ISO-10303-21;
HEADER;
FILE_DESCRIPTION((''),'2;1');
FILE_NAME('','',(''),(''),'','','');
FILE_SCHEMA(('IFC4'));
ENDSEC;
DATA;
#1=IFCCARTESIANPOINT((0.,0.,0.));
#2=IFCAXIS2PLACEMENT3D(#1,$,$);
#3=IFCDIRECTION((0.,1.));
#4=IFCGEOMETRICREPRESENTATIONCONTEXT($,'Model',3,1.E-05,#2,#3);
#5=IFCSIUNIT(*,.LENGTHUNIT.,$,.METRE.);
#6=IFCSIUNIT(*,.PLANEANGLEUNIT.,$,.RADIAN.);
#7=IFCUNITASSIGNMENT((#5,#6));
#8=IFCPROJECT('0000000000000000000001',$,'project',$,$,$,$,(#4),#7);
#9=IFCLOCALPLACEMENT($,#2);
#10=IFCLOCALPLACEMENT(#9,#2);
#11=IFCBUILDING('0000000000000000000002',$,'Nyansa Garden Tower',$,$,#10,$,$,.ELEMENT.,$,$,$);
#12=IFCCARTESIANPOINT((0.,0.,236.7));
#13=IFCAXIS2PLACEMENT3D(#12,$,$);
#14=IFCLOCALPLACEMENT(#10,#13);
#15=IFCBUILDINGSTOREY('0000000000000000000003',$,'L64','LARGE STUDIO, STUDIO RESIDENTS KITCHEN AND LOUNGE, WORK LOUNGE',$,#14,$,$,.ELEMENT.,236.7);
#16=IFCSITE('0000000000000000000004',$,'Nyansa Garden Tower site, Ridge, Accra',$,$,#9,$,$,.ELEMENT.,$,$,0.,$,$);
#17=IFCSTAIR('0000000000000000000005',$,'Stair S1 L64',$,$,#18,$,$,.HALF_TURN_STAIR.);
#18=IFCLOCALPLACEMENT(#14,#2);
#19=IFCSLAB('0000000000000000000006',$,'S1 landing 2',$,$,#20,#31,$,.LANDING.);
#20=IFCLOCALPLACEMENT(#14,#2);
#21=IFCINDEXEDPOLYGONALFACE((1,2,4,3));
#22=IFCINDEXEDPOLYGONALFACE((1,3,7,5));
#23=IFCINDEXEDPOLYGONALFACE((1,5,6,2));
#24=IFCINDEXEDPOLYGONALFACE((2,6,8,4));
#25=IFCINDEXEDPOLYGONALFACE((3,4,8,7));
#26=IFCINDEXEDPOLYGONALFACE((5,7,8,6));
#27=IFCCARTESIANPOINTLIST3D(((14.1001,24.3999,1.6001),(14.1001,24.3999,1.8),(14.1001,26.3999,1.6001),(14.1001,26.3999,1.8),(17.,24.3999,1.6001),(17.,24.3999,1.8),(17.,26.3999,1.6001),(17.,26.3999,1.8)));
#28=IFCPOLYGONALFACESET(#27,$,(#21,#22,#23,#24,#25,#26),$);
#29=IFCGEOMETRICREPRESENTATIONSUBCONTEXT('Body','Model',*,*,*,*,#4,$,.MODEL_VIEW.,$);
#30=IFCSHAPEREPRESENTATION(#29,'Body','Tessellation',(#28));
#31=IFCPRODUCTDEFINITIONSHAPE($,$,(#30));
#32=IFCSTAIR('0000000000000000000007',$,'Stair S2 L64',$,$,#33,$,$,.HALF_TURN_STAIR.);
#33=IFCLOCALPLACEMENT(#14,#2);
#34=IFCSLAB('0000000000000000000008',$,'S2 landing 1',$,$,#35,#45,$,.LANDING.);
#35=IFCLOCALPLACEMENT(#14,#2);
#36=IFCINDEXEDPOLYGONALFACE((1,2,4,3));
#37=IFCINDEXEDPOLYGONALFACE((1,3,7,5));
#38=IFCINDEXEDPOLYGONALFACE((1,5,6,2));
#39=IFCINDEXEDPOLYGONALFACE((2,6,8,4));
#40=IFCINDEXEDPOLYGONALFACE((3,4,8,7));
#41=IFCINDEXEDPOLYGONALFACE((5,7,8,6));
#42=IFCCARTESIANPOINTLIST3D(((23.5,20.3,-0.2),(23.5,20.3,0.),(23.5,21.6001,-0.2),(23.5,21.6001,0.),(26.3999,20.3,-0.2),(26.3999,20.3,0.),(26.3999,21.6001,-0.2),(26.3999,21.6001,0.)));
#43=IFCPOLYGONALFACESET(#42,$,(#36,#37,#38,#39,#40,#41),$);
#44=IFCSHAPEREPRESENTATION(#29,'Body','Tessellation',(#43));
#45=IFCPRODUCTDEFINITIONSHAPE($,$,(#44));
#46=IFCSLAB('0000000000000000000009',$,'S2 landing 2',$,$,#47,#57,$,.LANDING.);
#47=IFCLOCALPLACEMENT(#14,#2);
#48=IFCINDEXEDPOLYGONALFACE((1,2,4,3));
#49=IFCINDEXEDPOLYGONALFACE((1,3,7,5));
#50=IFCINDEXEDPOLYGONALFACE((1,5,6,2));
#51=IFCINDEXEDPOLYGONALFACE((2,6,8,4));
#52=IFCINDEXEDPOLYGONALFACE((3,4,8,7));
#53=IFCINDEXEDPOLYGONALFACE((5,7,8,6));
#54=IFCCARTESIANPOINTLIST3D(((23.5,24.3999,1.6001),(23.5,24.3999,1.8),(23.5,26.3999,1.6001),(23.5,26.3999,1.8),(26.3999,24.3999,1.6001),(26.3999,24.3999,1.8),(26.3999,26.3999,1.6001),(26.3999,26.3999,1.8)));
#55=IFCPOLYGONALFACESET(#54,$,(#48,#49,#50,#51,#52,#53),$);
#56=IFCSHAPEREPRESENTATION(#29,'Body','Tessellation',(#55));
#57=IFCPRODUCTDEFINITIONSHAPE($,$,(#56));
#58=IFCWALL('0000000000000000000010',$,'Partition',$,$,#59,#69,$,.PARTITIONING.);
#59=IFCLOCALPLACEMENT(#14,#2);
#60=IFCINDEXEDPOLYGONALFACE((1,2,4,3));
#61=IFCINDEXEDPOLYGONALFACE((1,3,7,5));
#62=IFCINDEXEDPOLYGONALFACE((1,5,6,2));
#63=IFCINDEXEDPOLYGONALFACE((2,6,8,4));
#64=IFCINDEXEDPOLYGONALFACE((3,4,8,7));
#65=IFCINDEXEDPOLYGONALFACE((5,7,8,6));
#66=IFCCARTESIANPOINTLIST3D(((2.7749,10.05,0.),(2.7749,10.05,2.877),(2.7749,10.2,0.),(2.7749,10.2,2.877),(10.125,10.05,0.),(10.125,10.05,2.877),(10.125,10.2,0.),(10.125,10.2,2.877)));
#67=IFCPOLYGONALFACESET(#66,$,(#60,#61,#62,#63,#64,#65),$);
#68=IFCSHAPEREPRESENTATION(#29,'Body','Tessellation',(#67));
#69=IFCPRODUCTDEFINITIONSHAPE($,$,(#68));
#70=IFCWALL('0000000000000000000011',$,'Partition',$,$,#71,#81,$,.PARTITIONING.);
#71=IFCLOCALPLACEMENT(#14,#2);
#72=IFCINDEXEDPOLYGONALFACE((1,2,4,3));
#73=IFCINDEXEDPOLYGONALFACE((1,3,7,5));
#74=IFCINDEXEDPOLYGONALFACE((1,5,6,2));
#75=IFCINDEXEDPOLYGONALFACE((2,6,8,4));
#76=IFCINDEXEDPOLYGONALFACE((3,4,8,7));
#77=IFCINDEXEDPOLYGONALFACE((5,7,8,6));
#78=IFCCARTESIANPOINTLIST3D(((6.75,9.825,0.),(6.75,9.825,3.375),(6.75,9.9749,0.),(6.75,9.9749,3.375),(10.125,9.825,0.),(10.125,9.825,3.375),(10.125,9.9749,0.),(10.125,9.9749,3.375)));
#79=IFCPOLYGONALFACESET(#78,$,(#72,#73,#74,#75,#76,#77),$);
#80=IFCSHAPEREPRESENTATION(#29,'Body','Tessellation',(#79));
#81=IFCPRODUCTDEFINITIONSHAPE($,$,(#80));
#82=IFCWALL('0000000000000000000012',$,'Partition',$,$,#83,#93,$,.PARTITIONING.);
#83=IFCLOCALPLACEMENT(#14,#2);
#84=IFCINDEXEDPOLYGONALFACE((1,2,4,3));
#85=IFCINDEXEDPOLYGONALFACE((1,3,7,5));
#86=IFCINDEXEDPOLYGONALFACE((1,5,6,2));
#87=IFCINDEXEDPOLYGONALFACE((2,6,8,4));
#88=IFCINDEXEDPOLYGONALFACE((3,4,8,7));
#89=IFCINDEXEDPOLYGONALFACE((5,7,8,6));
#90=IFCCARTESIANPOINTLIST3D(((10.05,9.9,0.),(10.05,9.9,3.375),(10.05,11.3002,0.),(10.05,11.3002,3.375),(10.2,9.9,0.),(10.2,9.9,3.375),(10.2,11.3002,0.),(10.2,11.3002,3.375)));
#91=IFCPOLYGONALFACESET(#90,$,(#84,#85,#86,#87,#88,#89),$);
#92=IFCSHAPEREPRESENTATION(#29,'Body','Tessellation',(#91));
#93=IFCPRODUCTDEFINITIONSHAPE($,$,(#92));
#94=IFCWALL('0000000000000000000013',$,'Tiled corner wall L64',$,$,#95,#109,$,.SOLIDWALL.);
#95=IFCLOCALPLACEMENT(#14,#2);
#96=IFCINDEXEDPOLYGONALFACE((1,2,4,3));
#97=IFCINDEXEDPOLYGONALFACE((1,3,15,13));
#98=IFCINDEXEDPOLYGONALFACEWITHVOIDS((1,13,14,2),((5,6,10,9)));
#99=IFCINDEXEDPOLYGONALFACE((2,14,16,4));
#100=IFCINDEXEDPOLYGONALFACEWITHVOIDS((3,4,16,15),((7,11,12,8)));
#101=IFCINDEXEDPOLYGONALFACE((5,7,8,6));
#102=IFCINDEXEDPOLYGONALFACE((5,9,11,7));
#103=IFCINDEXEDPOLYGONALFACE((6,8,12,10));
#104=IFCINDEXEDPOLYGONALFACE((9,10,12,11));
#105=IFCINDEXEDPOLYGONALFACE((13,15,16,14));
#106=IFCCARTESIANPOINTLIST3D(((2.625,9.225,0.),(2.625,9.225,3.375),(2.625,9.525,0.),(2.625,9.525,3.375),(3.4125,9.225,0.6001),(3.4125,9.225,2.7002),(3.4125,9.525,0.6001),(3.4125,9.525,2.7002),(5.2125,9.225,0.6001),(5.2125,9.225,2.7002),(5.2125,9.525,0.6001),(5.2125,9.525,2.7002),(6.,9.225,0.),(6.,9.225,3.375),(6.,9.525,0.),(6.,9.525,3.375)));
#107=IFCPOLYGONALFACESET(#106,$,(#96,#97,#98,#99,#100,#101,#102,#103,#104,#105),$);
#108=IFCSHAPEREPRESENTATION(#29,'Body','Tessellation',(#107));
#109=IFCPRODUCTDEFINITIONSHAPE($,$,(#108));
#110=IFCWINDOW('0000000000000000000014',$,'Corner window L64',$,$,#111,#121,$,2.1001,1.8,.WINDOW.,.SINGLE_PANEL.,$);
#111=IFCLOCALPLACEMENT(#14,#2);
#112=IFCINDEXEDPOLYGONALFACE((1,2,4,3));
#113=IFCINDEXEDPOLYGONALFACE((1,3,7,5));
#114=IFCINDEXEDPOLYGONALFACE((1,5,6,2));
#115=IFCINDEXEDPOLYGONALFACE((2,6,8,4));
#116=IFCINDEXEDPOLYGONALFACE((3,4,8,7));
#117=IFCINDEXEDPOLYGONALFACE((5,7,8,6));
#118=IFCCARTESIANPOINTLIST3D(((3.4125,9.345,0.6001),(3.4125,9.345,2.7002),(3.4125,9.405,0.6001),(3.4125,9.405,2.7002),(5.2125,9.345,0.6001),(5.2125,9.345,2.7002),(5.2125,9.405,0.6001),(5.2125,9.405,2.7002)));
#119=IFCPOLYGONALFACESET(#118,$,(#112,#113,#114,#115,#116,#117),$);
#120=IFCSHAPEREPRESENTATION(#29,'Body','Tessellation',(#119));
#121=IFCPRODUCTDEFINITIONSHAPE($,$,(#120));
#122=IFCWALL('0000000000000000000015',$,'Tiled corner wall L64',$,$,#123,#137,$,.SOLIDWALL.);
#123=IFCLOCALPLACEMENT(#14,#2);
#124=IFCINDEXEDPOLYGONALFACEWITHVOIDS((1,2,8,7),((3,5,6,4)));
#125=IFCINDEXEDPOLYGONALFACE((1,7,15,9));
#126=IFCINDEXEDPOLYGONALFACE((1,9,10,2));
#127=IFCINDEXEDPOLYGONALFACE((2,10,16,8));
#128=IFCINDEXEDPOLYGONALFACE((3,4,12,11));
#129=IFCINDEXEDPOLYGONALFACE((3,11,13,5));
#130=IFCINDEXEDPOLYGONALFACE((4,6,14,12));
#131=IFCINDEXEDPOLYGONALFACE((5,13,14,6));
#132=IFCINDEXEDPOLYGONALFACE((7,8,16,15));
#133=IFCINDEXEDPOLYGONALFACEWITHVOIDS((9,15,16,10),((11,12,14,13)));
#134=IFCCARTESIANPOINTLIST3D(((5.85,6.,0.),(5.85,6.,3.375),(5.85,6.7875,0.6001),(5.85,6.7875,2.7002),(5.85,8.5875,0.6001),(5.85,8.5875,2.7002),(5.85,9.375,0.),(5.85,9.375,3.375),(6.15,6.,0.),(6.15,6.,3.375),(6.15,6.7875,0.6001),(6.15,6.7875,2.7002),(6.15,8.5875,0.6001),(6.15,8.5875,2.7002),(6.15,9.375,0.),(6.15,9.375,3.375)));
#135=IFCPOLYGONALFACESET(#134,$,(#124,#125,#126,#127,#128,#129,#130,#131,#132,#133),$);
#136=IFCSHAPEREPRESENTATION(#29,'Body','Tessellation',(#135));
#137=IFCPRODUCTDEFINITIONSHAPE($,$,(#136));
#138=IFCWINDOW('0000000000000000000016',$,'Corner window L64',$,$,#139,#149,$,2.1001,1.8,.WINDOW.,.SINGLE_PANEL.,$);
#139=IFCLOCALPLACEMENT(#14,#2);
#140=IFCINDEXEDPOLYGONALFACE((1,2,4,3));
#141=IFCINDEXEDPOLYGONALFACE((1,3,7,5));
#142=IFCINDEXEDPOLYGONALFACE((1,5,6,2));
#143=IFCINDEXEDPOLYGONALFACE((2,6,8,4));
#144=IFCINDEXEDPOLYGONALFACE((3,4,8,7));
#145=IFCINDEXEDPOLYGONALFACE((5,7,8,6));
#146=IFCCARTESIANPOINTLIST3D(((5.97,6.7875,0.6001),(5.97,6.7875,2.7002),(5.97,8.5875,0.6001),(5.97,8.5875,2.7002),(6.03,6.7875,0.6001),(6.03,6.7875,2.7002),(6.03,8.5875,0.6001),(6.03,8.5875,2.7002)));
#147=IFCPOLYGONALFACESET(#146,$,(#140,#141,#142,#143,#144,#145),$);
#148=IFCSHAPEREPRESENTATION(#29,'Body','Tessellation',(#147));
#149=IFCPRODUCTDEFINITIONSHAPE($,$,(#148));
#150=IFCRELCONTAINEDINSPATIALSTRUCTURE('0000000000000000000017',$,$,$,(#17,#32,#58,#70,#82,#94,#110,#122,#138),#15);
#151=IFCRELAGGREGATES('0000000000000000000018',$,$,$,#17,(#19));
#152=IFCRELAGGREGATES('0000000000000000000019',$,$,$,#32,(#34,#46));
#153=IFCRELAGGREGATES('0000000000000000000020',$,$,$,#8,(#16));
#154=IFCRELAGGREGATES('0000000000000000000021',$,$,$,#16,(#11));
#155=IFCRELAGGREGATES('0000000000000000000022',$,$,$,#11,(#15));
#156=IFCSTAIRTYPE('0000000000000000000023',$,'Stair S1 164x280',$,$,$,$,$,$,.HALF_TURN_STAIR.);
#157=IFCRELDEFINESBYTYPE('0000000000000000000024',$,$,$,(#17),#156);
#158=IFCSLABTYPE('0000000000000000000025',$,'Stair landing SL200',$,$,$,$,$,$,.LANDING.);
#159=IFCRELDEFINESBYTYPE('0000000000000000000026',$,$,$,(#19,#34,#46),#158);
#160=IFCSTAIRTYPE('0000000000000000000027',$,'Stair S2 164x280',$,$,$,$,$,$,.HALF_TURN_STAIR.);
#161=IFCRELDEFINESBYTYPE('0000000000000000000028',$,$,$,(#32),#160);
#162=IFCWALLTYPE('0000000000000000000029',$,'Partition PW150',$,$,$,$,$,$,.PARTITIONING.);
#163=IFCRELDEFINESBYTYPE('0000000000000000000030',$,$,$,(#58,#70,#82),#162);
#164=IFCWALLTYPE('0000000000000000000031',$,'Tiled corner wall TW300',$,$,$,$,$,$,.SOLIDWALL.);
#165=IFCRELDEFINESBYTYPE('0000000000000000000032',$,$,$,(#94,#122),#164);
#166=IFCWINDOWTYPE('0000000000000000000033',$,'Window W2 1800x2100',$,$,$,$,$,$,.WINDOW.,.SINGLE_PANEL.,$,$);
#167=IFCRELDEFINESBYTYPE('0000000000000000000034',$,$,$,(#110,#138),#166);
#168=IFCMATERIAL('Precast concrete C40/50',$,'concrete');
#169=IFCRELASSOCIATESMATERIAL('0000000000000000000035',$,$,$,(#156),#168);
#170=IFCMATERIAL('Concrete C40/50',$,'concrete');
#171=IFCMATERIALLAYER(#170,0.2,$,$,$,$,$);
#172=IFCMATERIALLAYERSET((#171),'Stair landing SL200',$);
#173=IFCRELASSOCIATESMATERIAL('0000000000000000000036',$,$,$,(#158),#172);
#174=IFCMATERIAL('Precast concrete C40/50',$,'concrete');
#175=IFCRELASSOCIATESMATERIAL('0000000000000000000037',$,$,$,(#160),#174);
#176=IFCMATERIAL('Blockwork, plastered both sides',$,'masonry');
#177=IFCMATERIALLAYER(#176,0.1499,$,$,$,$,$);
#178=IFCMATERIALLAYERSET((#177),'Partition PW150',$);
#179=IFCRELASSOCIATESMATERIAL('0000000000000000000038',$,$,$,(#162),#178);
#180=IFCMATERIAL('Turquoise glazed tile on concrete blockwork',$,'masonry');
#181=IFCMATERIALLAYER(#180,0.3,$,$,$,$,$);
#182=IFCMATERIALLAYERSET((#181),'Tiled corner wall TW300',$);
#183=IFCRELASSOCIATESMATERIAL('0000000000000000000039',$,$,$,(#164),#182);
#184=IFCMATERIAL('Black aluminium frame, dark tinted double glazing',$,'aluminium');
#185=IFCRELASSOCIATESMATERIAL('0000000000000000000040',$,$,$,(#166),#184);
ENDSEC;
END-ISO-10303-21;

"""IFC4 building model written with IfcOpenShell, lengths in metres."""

from ifc_helpers import new_model, si_unit, direction, frame, frame_2d, origin, place, context, subcontext, project, spatial, polyline, rectangle, outline, extrude, material, layer, layer_set, type_object, element, fill, aggregate, save


model = new_model("IFC4")

# Units and contexts
model_context = context("Model", 3, precision=1e-05, world=origin(), true_north=direction((0.0, 1.0)))
body_context = subcontext(model_context, "Body", "Model", "MODEL_VIEW")
ifc_project = project(units=[si_unit("LENGTHUNIT", "METRE"), si_unit("PLANEANGLEUNIT", "RADIAN")], contexts=[model_context])

# Site, building, storey
site_placement = place(None, origin())
site = spatial("IfcSite", under=ifc_project, at=site_placement, Name="Nyansa Garden Tower site, Ridge, Accra", CompositionType="ELEMENT", RefElevation=0.0)
building_placement = place(site_placement, origin())
building = spatial("IfcBuilding", under=site, at=building_placement, Name="Nyansa Garden Tower", CompositionType="ELEMENT")
storey_placement = place(building_placement, frame((0.0, 0.0, 236.7)))
storey = spatial("IfcBuildingStorey", under=building, at=storey_placement, Name="L64", Description="LARGE STUDIO, STUDIO RESIDENTS KITCHEN AND LOUNGE, WORK LOUNGE", CompositionType="ELEMENT", Elevation=236.7)

# Stairs, slabs
ifc_material_1 = material(Name="Precast concrete C40/50", Category="concrete")
stair_type_1 = type_object("IfcStairType", Name="Stair S1 164x280", PredefinedType="HALF_TURN_STAIR", material=ifc_material_1)
stair_1_placement = place(storey_placement, origin())
stair_1 = element("IfcStair", 1, at=stair_1_placement, inside=storey, type_object=stair_type_1, Name="Stair S1 L64", PredefinedType="HALF_TURN_STAIR")
ifc_material_2 = material(Name="Concrete C40/50", Category="concrete")
ifc_layer_1 = layer(ifc_material_2, 0.2)
ifc_layer_set_1 = layer_set([ifc_layer_1], Name="Stair landing SL200")
slab_type_1 = type_object("IfcSlabType", Name="Stair landing SL200", PredefinedType="LANDING", material=ifc_layer_set_1)
slab_1_placement = place(storey_placement, frame((0.0, 0.0, 1.6001)))
slab_1 = element("IfcSlab", 2, at=slab_1_placement, type_object=slab_type_1, Name="S1 landing 2", PredefinedType="LANDING", context=body_context, shape_type="SweptSolid", body=[
    extrude(outline(polyline([(14.1001, 24.3999), (17.0, 24.3999), (17.0, 26.3999), (14.1001, 26.3999), (14.1001, 24.3999)])), origin(), (0.0, 0.0, 1.0), 0.2),
])
aggregate(stair_1, [slab_1])
ifc_material_3 = material(Name="Precast concrete C40/50", Category="concrete")
stair_type_2 = type_object("IfcStairType", Name="Stair S2 164x280", PredefinedType="HALF_TURN_STAIR", material=ifc_material_3)
stair_2_placement = place(storey_placement, origin())
stair_2 = element("IfcStair", 3, at=stair_2_placement, inside=storey, type_object=stair_type_2, Name="Stair S2 L64", PredefinedType="HALF_TURN_STAIR")
slab_2_placement = place(storey_placement, frame((0.0, 0.0, -0.2)))
slab_2 = element("IfcSlab", 4, at=slab_2_placement, type_object=slab_type_1, Name="S2 landing 1", PredefinedType="LANDING", context=body_context, shape_type="SweptSolid", body=[
    extrude(outline(polyline([(23.5, 20.3), (26.3999, 20.3), (26.3999, 21.6001), (23.5, 21.6001), (23.5, 20.3)])), origin(), (0.0, 0.0, 1.0), 0.2),
])
slab_3_placement = place(storey_placement, frame((0.0, 0.0, 1.6001)))
slab_3 = element("IfcSlab", 5, at=slab_3_placement, type_object=slab_type_1, Name="S2 landing 2", PredefinedType="LANDING", context=body_context, shape_type="SweptSolid", body=[
    extrude(outline(polyline([(23.5, 24.3999), (26.3999, 24.3999), (26.3999, 26.3999), (23.5, 26.3999), (23.5, 24.3999)])), origin(), (0.0, 0.0, 1.0), 0.2),
])
aggregate(stair_2, [slab_2, slab_3])

# Walls
ifc_material_4 = material(Name="Blockwork, plastered both sides", Category="masonry")
ifc_layer_2 = layer(ifc_material_4, 0.1499)
ifc_layer_set_2 = layer_set([ifc_layer_2], Name="Partition PW150")
wall_type_1 = type_object("IfcWallType", Name="Partition PW150", PredefinedType="PARTITIONING", material=ifc_layer_set_2)
wall_1_placement = place(storey_placement, frame((2.7749, 10.125, 0.0), z_axis=(0.0, 0.0, 1.0), x_axis=(1.0, 0.0, 0.0)))
element("IfcWall", 6, at=wall_1_placement, inside=storey, type_object=wall_type_1, Name="Partition", PredefinedType="PARTITIONING", context=body_context, shape_type="SweptSolid", body=[
    extrude(rectangle(XDim=7.3501, YDim=0.1499, at=frame_2d((3.675, 0.0))), origin(), (0.0, 0.0, 1.0), 2.877),
])
wall_2_placement = place(storey_placement, frame((6.75, 9.8999, 0.0), z_axis=(0.0, 0.0, 1.0), x_axis=(1.0, 0.0, 0.0)))
element("IfcWall", 7, at=wall_2_placement, inside=storey, type_object=wall_type_1, Name="Partition", PredefinedType="PARTITIONING", context=body_context, shape_type="SweptSolid", body=[
    extrude(rectangle(XDim=3.375, YDim=0.1499, at=frame_2d((1.6875, 0.0))), origin(), (0.0, 0.0, 1.0), 3.375),
])
wall_3_placement = place(storey_placement, frame((10.125, 9.8999, 0.0), z_axis=(0.0, 0.0, 1.0), x_axis=(0.0, 1.0, 0.0)))
element("IfcWall", 8, at=wall_3_placement, inside=storey, type_object=wall_type_1, Name="Partition", PredefinedType="PARTITIONING", context=body_context, shape_type="SweptSolid", body=[
    extrude(rectangle(XDim=1.4001, YDim=0.1499, at=frame_2d((0.7002, 0.0))), origin(), (0.0, 0.0, 1.0), 3.375),
])

# Walls, openings, windows
ifc_material_5 = material(Name="Turquoise glazed tile on concrete blockwork", Category="masonry")
ifc_layer_3 = layer(ifc_material_5, 0.3)
ifc_layer_set_3 = layer_set([ifc_layer_3], Name="Tiled corner wall TW300")
wall_type_2 = type_object("IfcWallType", Name="Tiled corner wall TW300", PredefinedType="SOLIDWALL", material=ifc_layer_set_3)
wall_4_placement = place(storey_placement, frame((2.625, 9.375, 0.0), z_axis=(0.0, 0.0, 1.0), x_axis=(1.0, 0.0, 0.0)))
wall_4 = element("IfcWall", 9, at=wall_4_placement, inside=storey, type_object=wall_type_2, Name="Tiled corner wall L64", PredefinedType="SOLIDWALL", context=body_context, shape_type="SweptSolid", body=[
    extrude(rectangle(XDim=3.375, YDim=0.3, at=frame_2d((1.6875, 0.0))), origin(), (0.0, 0.0, 1.0), 3.375),
])
opening_1_placement = place(wall_4_placement, frame((0.7876, 0.0, 0.6001)))
opening_1 = element("IfcOpeningElement", 10, at=opening_1_placement, cuts=wall_4, PredefinedType="OPENING", context=body_context, shape_type="SweptSolid", body=[
    extrude(rectangle(XDim=1.8, YDim=2.1001, at=frame_2d((0.8999, 1.05))), frame((0.0, 0.1599, 0.0), z_axis=(0.0, -1.0, 0.0), x_axis=(1.0, 0.0, 0.0)), (0.0, 0.0, 1.0), 0.3201),
])
ifc_material_6 = material(Name="Black aluminium frame, dark tinted double glazing", Category="aluminium")
window_type = type_object("IfcWindowType", Name="Window W2 1800x2100", PartitioningType="SINGLE_PANEL", PredefinedType="WINDOW", material=ifc_material_6)
window_1_placement = place(opening_1_placement, origin())
window_1 = element("IfcWindow", 11, at=window_1_placement, inside=storey, type_object=window_type, Name="Corner window L64", OverallHeight=2.1001, OverallWidth=1.8, PartitioningType="SINGLE_PANEL", PredefinedType="WINDOW", context=body_context, shape_type="SweptSolid", body=[
    extrude(rectangle(XDim=1.8, YDim=2.1001, at=frame_2d((0.8999, 1.05))), frame((0.0, 0.03, 0.0), z_axis=(0.0, -1.0, 0.0), x_axis=(1.0, 0.0, 0.0)), (0.0, 0.0, 1.0), 0.0601),
])
fill(opening_1, window_1)
wall_5_placement = place(storey_placement, frame((6.0, 9.375, 0.0), z_axis=(0.0, 0.0, 1.0), x_axis=(0.0, -1.0, 0.0)))
wall_5 = element("IfcWall", 12, at=wall_5_placement, inside=storey, type_object=wall_type_2, Name="Tiled corner wall L64", PredefinedType="SOLIDWALL", context=body_context, shape_type="SweptSolid", body=[
    extrude(rectangle(XDim=3.375, YDim=0.3, at=frame_2d((1.6875, 0.0))), origin(), (0.0, 0.0, 1.0), 3.375),
])
opening_2_placement = place(wall_5_placement, frame((0.7876, 0.0, 0.6001)))
opening_2 = element("IfcOpeningElement", 13, at=opening_2_placement, cuts=wall_5, PredefinedType="OPENING", context=body_context, shape_type="SweptSolid", body=[
    extrude(rectangle(XDim=1.8, YDim=2.1001, at=frame_2d((0.8999, 1.05))), frame((0.0, 0.1599, 0.0), z_axis=(0.0, -1.0, 0.0), x_axis=(1.0, 0.0, 0.0)), (0.0, 0.0, 1.0), 0.3201),
])
window_2_placement = place(opening_2_placement, origin())
window_2 = element("IfcWindow", 14, at=window_2_placement, inside=storey, type_object=window_type, Name="Corner window L64", OverallHeight=2.1001, OverallWidth=1.8, PartitioningType="SINGLE_PANEL", PredefinedType="WINDOW", context=body_context, shape_type="SweptSolid", body=[
    extrude(rectangle(XDim=1.8, YDim=2.1001, at=frame_2d((0.8999, 1.05))), frame((0.0, 0.03, 0.0), z_axis=(0.0, -1.0, 0.0), x_axis=(1.0, 0.0, 0.0)), (0.0, 0.0, 1.0), 0.0601),
])
fill(opening_2, window_2)

save(model, "model.ifc")
